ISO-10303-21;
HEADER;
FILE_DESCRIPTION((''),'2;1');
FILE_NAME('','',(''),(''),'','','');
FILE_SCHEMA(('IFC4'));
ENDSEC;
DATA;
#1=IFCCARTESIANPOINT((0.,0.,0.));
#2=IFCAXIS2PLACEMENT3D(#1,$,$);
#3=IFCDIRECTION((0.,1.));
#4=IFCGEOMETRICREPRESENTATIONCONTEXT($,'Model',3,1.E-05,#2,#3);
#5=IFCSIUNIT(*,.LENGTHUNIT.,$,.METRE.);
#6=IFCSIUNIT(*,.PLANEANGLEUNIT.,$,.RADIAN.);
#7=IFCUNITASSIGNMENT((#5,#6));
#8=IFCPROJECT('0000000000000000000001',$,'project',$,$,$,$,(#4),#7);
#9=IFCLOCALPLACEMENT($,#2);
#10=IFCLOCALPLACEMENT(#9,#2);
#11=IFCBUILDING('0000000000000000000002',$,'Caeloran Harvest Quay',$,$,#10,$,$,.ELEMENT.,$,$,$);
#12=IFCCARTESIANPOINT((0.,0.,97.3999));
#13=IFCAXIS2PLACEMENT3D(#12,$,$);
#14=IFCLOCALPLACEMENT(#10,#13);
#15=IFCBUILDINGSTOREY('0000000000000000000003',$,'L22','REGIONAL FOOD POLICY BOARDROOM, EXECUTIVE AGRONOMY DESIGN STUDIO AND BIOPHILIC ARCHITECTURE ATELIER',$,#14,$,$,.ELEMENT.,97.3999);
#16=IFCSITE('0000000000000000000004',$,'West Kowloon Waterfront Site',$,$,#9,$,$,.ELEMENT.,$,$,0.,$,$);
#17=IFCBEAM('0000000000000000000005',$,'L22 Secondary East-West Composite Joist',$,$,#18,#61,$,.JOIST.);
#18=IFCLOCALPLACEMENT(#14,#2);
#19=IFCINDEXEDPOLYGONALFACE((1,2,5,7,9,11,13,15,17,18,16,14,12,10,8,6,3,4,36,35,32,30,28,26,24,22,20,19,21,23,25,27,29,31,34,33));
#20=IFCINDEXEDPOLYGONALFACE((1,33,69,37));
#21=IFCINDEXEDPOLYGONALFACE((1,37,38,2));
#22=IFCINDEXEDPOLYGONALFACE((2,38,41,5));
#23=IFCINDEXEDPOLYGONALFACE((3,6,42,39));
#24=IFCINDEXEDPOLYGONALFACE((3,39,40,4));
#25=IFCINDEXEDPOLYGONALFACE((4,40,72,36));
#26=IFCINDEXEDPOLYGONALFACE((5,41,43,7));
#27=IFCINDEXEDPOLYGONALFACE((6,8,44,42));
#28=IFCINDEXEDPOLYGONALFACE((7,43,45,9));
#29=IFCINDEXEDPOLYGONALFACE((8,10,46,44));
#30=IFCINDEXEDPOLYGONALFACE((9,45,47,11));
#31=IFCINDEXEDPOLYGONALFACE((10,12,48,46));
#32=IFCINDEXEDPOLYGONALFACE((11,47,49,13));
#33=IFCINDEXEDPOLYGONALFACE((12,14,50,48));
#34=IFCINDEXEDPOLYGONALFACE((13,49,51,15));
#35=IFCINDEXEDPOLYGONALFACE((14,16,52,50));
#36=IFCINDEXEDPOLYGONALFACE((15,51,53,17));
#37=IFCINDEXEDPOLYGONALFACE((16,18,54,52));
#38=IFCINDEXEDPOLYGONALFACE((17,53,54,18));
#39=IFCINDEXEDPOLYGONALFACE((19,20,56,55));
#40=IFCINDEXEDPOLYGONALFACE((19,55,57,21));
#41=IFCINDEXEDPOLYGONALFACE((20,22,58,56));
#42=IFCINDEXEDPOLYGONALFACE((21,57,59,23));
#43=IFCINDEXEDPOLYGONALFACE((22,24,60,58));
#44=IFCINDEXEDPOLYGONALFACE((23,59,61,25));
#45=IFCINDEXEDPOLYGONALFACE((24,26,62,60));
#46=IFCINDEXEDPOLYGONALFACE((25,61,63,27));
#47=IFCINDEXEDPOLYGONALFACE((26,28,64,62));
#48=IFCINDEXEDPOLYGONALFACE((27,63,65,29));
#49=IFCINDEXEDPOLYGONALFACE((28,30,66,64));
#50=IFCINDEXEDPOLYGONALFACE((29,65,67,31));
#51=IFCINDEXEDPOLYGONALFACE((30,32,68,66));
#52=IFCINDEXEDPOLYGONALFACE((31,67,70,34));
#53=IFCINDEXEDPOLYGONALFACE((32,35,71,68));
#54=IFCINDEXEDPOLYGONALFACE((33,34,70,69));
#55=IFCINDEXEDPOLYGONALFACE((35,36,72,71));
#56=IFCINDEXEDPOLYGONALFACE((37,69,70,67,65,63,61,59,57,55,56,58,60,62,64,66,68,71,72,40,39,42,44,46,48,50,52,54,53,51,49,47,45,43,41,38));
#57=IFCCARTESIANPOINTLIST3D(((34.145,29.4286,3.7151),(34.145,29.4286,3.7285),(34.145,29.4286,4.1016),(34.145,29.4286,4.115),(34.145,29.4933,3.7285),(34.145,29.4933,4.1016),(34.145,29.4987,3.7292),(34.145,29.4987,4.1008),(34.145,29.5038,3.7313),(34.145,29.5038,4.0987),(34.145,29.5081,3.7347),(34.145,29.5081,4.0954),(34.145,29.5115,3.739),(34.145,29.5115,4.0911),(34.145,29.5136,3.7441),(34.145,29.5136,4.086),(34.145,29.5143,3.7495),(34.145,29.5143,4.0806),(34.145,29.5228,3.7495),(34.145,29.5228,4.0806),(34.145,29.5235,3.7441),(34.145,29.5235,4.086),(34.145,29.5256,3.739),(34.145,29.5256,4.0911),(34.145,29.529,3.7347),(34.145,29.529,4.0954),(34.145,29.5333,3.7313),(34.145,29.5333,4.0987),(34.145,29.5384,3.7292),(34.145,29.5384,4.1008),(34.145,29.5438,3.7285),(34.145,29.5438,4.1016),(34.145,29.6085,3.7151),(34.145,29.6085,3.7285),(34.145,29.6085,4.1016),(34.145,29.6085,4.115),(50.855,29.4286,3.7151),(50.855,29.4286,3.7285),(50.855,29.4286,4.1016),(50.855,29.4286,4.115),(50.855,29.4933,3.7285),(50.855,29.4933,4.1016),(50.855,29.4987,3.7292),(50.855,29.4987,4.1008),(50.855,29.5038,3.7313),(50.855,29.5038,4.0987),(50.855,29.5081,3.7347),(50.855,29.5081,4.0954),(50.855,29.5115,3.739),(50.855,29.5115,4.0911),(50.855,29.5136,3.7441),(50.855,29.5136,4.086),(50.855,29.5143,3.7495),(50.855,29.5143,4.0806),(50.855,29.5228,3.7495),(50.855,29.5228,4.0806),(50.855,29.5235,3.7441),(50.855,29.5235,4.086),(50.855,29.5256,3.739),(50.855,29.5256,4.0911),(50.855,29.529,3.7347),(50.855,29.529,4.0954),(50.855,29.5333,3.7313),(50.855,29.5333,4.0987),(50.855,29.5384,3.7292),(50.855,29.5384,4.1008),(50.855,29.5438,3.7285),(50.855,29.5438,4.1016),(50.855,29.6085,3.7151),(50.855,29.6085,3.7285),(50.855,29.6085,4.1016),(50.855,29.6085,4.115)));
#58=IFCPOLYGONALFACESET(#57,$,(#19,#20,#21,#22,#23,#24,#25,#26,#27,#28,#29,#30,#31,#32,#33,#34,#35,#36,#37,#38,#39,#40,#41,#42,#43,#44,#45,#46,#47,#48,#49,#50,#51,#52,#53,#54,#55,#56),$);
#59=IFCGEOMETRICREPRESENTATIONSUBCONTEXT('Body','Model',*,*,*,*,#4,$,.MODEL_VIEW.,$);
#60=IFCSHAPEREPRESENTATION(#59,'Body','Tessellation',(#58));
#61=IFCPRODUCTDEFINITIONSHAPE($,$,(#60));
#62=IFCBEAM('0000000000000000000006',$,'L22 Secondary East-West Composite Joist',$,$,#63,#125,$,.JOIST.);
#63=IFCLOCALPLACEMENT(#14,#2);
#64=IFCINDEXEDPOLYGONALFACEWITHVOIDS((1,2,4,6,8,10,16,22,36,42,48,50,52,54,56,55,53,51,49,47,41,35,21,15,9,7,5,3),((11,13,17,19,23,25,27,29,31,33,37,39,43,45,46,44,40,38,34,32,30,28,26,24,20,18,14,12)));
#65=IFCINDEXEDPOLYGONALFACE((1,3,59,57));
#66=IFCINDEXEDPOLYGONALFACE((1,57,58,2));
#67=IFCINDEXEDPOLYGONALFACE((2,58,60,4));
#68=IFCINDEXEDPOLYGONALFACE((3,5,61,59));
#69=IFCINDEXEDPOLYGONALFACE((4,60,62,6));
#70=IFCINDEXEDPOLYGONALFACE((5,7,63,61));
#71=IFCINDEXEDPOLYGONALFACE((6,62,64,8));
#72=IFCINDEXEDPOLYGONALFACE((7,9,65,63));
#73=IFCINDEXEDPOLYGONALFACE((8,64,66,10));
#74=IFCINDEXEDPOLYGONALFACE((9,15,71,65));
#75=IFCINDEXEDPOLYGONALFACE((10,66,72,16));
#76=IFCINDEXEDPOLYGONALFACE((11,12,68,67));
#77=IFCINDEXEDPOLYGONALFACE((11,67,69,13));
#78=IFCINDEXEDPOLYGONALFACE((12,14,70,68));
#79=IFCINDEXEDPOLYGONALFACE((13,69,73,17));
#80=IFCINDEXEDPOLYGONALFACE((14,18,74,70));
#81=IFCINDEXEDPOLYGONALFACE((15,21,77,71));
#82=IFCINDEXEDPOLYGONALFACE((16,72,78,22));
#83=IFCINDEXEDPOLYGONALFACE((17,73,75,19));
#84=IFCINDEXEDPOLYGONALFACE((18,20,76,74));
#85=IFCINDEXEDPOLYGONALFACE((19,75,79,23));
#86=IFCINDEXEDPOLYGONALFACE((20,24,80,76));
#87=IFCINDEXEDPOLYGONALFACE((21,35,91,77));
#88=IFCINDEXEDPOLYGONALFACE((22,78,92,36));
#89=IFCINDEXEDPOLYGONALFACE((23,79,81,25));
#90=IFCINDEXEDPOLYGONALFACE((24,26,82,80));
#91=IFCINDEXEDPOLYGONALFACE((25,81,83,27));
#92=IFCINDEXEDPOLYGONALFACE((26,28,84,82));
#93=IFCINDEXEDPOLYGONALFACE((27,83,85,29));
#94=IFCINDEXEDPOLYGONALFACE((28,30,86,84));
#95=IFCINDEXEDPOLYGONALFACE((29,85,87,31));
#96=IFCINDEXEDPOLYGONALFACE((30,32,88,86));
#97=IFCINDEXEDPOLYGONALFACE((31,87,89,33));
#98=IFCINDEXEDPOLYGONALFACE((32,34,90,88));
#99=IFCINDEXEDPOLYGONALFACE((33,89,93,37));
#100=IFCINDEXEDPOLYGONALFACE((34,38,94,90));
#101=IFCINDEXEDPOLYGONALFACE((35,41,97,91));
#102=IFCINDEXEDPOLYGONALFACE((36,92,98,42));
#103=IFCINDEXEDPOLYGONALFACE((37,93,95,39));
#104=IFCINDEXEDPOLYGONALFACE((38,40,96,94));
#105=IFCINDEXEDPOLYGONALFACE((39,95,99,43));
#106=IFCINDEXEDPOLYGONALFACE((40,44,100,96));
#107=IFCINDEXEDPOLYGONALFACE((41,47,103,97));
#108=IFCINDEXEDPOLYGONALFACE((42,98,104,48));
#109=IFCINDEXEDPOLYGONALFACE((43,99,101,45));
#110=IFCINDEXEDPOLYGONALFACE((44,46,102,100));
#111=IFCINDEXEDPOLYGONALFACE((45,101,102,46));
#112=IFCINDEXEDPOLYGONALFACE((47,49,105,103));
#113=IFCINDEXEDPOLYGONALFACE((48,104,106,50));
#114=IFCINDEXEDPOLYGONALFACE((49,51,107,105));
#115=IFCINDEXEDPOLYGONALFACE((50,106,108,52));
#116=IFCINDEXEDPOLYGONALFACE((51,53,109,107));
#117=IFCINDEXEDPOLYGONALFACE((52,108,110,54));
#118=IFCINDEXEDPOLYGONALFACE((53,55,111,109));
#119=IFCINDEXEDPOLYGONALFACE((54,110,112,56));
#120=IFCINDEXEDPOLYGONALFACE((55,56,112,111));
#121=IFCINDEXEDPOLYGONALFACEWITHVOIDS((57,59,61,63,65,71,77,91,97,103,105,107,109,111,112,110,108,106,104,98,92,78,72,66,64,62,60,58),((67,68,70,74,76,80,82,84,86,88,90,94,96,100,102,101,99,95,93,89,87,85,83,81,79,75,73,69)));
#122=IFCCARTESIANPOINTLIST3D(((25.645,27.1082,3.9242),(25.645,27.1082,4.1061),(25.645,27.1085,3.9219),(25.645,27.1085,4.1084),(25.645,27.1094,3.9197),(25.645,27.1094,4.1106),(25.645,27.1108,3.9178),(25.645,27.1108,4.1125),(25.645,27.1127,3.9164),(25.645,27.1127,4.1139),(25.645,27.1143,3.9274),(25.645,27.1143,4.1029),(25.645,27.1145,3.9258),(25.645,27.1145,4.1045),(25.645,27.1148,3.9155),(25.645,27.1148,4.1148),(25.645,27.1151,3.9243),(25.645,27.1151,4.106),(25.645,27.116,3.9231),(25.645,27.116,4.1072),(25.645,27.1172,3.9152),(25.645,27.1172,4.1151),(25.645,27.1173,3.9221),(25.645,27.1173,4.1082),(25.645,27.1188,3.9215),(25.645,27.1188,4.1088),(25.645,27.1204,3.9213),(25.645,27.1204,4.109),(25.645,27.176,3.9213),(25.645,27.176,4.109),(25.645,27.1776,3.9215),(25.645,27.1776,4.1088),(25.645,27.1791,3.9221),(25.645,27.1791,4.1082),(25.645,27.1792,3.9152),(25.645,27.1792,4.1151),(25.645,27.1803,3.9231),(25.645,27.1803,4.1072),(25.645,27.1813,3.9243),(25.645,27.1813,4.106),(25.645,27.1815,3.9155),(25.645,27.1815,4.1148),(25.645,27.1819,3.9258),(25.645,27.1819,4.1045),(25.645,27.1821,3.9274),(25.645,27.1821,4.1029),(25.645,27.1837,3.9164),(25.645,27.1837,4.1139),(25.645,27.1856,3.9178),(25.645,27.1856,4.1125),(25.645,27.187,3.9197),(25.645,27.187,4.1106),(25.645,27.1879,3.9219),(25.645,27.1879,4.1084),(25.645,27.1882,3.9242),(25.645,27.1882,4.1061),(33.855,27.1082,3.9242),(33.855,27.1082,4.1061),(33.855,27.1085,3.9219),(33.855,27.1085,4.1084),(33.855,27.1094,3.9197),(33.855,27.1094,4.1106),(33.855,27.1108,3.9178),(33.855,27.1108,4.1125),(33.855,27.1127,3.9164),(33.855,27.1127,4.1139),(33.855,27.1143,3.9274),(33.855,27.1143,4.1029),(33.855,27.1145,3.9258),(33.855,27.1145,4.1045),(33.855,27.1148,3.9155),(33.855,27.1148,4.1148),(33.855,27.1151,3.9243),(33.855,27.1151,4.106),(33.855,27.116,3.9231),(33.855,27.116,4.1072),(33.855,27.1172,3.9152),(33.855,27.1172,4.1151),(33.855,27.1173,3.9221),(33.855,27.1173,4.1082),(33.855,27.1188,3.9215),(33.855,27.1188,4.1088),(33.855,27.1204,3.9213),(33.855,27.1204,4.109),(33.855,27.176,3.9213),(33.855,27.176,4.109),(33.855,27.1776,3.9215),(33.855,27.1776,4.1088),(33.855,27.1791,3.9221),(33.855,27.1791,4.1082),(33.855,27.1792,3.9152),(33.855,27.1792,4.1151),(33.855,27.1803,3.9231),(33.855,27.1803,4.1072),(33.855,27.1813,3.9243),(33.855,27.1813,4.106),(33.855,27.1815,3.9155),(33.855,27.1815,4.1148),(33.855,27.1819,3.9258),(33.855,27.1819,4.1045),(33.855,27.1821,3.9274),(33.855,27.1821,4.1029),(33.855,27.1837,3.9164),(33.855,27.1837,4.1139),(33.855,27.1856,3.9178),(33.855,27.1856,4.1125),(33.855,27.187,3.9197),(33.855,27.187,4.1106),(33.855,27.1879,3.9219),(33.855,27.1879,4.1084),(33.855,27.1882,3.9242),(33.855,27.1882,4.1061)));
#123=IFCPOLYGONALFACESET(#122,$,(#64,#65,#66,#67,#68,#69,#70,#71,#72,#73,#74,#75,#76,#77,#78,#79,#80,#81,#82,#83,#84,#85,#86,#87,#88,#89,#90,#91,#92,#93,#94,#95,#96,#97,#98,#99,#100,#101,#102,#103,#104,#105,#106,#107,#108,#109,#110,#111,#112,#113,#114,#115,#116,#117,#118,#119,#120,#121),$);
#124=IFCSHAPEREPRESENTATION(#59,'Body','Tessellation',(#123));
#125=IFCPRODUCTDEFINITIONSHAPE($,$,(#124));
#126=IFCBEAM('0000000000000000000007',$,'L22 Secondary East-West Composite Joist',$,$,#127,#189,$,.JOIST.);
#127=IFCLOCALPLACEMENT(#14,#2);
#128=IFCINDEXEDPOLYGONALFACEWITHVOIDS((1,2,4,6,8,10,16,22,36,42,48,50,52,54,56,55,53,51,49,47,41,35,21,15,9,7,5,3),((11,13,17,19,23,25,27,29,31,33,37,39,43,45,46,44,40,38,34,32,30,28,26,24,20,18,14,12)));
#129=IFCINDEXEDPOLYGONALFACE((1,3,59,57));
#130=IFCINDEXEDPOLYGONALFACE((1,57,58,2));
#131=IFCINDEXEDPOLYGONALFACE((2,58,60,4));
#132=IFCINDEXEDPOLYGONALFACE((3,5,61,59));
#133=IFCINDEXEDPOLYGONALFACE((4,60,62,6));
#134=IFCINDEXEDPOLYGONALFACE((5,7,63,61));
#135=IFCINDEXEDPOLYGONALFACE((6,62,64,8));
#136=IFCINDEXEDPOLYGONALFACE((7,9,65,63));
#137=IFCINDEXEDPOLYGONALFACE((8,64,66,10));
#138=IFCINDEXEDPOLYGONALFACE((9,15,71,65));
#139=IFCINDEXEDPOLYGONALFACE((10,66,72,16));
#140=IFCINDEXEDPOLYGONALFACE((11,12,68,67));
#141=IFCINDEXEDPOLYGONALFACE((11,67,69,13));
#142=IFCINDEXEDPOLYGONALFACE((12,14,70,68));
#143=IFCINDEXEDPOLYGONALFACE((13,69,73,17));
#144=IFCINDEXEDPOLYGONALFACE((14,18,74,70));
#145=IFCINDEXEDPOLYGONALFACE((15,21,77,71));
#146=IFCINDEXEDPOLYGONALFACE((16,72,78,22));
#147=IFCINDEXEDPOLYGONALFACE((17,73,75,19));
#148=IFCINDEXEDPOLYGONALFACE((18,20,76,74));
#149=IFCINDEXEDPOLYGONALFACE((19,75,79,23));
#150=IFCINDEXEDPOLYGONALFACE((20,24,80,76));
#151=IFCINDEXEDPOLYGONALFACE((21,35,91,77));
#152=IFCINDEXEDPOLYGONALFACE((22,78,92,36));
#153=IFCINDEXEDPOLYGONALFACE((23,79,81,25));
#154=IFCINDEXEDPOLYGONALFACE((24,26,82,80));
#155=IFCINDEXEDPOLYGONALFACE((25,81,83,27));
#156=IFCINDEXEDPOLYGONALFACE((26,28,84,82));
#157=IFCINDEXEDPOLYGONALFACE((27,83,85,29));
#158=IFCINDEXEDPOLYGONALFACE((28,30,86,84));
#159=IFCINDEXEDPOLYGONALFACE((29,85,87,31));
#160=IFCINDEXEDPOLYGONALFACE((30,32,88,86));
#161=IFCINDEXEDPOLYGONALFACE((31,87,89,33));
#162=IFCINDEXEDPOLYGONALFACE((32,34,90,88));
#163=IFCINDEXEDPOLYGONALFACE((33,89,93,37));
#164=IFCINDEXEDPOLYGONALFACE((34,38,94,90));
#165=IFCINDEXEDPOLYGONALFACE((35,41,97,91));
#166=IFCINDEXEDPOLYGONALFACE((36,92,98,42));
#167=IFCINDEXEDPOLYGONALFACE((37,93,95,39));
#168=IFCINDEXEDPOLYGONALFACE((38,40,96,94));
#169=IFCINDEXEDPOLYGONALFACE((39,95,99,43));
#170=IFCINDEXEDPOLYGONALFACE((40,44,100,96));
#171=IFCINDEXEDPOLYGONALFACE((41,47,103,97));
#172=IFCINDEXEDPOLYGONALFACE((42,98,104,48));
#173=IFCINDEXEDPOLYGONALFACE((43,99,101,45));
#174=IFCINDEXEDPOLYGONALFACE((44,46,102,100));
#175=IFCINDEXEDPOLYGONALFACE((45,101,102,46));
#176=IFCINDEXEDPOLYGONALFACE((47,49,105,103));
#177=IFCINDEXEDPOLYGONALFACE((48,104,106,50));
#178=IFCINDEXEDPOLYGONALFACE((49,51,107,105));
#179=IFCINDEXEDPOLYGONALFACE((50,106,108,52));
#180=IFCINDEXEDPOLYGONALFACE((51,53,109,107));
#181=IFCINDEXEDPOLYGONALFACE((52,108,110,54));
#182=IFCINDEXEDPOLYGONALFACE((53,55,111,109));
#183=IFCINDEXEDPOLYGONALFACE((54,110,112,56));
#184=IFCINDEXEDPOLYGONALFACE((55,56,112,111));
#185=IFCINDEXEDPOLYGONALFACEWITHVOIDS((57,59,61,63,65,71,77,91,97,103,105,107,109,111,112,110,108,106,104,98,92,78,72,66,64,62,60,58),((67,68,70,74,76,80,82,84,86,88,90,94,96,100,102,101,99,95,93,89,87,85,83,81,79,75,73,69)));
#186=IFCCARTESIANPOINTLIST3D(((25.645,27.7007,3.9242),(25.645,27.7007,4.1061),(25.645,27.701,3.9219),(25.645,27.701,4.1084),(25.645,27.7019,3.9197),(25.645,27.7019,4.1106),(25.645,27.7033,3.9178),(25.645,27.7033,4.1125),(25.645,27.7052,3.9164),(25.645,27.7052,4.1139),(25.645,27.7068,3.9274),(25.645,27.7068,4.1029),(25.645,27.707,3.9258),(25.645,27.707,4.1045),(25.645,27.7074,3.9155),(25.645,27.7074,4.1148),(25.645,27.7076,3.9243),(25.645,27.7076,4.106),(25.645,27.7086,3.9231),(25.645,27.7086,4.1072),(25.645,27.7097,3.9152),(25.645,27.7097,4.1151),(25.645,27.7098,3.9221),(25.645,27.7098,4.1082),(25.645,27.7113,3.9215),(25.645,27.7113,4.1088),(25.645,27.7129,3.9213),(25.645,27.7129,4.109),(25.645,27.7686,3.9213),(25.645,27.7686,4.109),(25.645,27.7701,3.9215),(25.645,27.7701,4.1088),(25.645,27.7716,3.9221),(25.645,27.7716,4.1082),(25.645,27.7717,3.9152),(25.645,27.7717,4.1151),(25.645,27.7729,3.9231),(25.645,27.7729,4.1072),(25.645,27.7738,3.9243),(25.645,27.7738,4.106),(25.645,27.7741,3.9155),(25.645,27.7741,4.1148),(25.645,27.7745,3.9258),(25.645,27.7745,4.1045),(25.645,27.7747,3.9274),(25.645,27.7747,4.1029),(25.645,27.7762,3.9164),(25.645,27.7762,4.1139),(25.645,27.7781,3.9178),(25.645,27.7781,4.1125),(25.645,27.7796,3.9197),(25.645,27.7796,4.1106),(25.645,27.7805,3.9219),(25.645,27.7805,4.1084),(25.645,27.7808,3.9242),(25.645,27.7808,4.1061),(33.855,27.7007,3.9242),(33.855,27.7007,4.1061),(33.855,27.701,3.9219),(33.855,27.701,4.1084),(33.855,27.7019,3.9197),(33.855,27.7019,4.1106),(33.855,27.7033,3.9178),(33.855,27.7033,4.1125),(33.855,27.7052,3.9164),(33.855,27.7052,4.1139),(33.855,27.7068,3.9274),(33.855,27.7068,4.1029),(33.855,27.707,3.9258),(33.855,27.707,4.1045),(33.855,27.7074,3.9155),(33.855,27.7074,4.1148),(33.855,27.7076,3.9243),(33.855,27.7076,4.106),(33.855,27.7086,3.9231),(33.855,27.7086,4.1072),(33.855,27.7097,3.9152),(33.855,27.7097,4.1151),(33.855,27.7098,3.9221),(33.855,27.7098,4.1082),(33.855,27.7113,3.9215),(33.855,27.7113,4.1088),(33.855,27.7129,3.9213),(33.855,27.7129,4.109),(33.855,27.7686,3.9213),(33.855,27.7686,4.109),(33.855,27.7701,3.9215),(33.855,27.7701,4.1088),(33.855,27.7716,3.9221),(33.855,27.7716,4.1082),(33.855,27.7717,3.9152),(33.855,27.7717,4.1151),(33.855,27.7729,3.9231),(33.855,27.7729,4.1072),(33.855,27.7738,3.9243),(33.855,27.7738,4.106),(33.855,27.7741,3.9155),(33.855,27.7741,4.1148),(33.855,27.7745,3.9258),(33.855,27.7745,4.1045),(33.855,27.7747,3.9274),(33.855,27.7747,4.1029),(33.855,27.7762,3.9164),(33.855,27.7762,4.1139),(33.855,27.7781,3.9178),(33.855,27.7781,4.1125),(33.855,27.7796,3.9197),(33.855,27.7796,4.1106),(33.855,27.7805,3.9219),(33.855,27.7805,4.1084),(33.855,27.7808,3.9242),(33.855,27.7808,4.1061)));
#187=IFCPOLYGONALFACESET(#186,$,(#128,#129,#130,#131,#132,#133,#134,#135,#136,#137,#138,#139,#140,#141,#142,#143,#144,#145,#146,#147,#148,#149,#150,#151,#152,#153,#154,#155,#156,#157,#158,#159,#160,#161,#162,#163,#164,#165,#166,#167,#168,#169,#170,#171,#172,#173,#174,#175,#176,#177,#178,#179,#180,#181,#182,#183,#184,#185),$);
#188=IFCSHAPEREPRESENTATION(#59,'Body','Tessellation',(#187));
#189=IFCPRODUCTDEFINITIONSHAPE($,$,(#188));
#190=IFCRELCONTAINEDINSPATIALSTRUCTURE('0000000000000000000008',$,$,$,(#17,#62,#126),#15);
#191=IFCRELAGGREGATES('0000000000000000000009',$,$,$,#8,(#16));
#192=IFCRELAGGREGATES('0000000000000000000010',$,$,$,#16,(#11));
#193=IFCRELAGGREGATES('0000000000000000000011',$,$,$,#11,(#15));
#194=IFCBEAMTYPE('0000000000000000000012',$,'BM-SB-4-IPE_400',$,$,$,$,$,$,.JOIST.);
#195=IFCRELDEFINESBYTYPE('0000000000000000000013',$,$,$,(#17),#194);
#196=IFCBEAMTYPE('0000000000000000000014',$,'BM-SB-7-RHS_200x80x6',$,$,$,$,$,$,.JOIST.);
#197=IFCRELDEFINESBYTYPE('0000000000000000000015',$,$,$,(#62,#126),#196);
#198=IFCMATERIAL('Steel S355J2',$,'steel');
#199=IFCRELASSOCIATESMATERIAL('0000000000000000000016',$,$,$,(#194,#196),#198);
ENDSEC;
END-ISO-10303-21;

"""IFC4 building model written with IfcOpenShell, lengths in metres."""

from ifc_helpers import new_model, si_unit, direction, frame, origin, origin_2d, place, context, subcontext, project, spatial, hollow_rectangle, i_section, extrude, material, material_profile, profile_set, type_object, element, save


model = new_model("IFC4")

# Units and contexts
model_context = context("Model", 3, precision=1e-05, world=origin(), true_north=direction((0.0, 1.0)))
body_context = subcontext(model_context, "Body", "Model", "MODEL_VIEW")
ifc_project = project(units=[si_unit("LENGTHUNIT", "METRE"), si_unit("PLANEANGLEUNIT", "RADIAN")], contexts=[model_context])

# Site, building, storey
site_placement = place(None, origin())
site = spatial("IfcSite", under=ifc_project, at=site_placement, Name="West Kowloon Waterfront Site", CompositionType="ELEMENT", RefElevation=0.0)
building_placement = place(site_placement, origin())
building = spatial("IfcBuilding", under=site, at=building_placement, Name="Caeloran Harvest Quay", CompositionType="ELEMENT")
storey_placement = place(building_placement, frame((0.0, 0.0, 97.3999)))
storey = spatial("IfcBuildingStorey", under=building, at=storey_placement, Name="L22", Description="REGIONAL FOOD POLICY BOARDROOM, EXECUTIVE AGRONOMY DESIGN STUDIO AND BIOPHILIC ARCHITECTURE ATELIER", CompositionType="ELEMENT", Elevation=97.3999)

# Beams
ifc_material_1 = material(Name="Steel S355J2", Category="steel")
ifc_material_profile_1 = material_profile(ifc_material_1, i_section(OverallWidth=0.1799, OverallDepth=0.3999, WebThickness=0.0085, FlangeThickness=0.0134, FilletRadius=0.021, at=origin_2d()), Name="IPE 400")
ifc_profile_set_1 = profile_set([ifc_material_profile_1], Name="Steel S355J2")
beam_type_1 = type_object("IfcBeamType", Name="BM-SB-4-IPE_400", PredefinedType="JOIST", material=ifc_profile_set_1)
for number, where, z_axis, x_axis, name in (
    (1, (34.145, 29.5186, 3.915), (1.0, 0.0, 0.0), (0.0, 1.0, 0.0), "L22 Secondary East-West Composite Joist"),
):
    element("IfcBeam", number, at=place(storey_placement, frame(where, z_axis=z_axis, x_axis=x_axis)), inside=storey, type_object=beam_type_1, Name=name, PredefinedType="JOIST", context=body_context, shape_type="SweptSolid", body=[
        extrude(i_section(OverallWidth=0.1799, OverallDepth=0.3999, WebThickness=0.0085, FlangeThickness=0.0134, FilletRadius=0.021, at=origin_2d()), origin(), (0.0, 0.0, 1.0), 16.71),
    ])
ifc_material_profile_2 = material_profile(ifc_material_1, hollow_rectangle(XDim=0.0801, YDim=0.2, WallThickness=0.0061, InnerFilletRadius=0.0061, OuterFilletRadius=0.009, at=origin_2d()), Name="RHS 200x80x6")
ifc_profile_set_2 = profile_set([ifc_material_profile_2], Name="Steel S355J2")
beam_type_2 = type_object("IfcBeamType", Name="BM-SB-7-RHS_200x80x6", PredefinedType="JOIST", material=ifc_profile_set_2)
for number, where, z_axis, x_axis, name in (
    (2, (25.645, 27.1482, 4.0151), (1.0, 0.0, 0.0), (0.0, 1.0, 0.0), "L22 Secondary East-West Composite Joist"),
    (3, (25.645, 27.7407, 4.0151), (1.0, 0.0, 0.0), (0.0, 1.0, 0.0), "L22 Secondary East-West Composite Joist"),
):
    element("IfcBeam", number, at=place(storey_placement, frame(where, z_axis=z_axis, x_axis=x_axis)), inside=storey, type_object=beam_type_2, Name=name, PredefinedType="JOIST", context=body_context, shape_type="SweptSolid", body=[
        extrude(hollow_rectangle(XDim=0.0801, YDim=0.2, WallThickness=0.0061, InnerFilletRadius=0.0061, OuterFilletRadius=0.009, at=origin_2d()), origin(), (0.0, 0.0, 1.0), 8.21),
    ])

save(model, "model.ifc")
